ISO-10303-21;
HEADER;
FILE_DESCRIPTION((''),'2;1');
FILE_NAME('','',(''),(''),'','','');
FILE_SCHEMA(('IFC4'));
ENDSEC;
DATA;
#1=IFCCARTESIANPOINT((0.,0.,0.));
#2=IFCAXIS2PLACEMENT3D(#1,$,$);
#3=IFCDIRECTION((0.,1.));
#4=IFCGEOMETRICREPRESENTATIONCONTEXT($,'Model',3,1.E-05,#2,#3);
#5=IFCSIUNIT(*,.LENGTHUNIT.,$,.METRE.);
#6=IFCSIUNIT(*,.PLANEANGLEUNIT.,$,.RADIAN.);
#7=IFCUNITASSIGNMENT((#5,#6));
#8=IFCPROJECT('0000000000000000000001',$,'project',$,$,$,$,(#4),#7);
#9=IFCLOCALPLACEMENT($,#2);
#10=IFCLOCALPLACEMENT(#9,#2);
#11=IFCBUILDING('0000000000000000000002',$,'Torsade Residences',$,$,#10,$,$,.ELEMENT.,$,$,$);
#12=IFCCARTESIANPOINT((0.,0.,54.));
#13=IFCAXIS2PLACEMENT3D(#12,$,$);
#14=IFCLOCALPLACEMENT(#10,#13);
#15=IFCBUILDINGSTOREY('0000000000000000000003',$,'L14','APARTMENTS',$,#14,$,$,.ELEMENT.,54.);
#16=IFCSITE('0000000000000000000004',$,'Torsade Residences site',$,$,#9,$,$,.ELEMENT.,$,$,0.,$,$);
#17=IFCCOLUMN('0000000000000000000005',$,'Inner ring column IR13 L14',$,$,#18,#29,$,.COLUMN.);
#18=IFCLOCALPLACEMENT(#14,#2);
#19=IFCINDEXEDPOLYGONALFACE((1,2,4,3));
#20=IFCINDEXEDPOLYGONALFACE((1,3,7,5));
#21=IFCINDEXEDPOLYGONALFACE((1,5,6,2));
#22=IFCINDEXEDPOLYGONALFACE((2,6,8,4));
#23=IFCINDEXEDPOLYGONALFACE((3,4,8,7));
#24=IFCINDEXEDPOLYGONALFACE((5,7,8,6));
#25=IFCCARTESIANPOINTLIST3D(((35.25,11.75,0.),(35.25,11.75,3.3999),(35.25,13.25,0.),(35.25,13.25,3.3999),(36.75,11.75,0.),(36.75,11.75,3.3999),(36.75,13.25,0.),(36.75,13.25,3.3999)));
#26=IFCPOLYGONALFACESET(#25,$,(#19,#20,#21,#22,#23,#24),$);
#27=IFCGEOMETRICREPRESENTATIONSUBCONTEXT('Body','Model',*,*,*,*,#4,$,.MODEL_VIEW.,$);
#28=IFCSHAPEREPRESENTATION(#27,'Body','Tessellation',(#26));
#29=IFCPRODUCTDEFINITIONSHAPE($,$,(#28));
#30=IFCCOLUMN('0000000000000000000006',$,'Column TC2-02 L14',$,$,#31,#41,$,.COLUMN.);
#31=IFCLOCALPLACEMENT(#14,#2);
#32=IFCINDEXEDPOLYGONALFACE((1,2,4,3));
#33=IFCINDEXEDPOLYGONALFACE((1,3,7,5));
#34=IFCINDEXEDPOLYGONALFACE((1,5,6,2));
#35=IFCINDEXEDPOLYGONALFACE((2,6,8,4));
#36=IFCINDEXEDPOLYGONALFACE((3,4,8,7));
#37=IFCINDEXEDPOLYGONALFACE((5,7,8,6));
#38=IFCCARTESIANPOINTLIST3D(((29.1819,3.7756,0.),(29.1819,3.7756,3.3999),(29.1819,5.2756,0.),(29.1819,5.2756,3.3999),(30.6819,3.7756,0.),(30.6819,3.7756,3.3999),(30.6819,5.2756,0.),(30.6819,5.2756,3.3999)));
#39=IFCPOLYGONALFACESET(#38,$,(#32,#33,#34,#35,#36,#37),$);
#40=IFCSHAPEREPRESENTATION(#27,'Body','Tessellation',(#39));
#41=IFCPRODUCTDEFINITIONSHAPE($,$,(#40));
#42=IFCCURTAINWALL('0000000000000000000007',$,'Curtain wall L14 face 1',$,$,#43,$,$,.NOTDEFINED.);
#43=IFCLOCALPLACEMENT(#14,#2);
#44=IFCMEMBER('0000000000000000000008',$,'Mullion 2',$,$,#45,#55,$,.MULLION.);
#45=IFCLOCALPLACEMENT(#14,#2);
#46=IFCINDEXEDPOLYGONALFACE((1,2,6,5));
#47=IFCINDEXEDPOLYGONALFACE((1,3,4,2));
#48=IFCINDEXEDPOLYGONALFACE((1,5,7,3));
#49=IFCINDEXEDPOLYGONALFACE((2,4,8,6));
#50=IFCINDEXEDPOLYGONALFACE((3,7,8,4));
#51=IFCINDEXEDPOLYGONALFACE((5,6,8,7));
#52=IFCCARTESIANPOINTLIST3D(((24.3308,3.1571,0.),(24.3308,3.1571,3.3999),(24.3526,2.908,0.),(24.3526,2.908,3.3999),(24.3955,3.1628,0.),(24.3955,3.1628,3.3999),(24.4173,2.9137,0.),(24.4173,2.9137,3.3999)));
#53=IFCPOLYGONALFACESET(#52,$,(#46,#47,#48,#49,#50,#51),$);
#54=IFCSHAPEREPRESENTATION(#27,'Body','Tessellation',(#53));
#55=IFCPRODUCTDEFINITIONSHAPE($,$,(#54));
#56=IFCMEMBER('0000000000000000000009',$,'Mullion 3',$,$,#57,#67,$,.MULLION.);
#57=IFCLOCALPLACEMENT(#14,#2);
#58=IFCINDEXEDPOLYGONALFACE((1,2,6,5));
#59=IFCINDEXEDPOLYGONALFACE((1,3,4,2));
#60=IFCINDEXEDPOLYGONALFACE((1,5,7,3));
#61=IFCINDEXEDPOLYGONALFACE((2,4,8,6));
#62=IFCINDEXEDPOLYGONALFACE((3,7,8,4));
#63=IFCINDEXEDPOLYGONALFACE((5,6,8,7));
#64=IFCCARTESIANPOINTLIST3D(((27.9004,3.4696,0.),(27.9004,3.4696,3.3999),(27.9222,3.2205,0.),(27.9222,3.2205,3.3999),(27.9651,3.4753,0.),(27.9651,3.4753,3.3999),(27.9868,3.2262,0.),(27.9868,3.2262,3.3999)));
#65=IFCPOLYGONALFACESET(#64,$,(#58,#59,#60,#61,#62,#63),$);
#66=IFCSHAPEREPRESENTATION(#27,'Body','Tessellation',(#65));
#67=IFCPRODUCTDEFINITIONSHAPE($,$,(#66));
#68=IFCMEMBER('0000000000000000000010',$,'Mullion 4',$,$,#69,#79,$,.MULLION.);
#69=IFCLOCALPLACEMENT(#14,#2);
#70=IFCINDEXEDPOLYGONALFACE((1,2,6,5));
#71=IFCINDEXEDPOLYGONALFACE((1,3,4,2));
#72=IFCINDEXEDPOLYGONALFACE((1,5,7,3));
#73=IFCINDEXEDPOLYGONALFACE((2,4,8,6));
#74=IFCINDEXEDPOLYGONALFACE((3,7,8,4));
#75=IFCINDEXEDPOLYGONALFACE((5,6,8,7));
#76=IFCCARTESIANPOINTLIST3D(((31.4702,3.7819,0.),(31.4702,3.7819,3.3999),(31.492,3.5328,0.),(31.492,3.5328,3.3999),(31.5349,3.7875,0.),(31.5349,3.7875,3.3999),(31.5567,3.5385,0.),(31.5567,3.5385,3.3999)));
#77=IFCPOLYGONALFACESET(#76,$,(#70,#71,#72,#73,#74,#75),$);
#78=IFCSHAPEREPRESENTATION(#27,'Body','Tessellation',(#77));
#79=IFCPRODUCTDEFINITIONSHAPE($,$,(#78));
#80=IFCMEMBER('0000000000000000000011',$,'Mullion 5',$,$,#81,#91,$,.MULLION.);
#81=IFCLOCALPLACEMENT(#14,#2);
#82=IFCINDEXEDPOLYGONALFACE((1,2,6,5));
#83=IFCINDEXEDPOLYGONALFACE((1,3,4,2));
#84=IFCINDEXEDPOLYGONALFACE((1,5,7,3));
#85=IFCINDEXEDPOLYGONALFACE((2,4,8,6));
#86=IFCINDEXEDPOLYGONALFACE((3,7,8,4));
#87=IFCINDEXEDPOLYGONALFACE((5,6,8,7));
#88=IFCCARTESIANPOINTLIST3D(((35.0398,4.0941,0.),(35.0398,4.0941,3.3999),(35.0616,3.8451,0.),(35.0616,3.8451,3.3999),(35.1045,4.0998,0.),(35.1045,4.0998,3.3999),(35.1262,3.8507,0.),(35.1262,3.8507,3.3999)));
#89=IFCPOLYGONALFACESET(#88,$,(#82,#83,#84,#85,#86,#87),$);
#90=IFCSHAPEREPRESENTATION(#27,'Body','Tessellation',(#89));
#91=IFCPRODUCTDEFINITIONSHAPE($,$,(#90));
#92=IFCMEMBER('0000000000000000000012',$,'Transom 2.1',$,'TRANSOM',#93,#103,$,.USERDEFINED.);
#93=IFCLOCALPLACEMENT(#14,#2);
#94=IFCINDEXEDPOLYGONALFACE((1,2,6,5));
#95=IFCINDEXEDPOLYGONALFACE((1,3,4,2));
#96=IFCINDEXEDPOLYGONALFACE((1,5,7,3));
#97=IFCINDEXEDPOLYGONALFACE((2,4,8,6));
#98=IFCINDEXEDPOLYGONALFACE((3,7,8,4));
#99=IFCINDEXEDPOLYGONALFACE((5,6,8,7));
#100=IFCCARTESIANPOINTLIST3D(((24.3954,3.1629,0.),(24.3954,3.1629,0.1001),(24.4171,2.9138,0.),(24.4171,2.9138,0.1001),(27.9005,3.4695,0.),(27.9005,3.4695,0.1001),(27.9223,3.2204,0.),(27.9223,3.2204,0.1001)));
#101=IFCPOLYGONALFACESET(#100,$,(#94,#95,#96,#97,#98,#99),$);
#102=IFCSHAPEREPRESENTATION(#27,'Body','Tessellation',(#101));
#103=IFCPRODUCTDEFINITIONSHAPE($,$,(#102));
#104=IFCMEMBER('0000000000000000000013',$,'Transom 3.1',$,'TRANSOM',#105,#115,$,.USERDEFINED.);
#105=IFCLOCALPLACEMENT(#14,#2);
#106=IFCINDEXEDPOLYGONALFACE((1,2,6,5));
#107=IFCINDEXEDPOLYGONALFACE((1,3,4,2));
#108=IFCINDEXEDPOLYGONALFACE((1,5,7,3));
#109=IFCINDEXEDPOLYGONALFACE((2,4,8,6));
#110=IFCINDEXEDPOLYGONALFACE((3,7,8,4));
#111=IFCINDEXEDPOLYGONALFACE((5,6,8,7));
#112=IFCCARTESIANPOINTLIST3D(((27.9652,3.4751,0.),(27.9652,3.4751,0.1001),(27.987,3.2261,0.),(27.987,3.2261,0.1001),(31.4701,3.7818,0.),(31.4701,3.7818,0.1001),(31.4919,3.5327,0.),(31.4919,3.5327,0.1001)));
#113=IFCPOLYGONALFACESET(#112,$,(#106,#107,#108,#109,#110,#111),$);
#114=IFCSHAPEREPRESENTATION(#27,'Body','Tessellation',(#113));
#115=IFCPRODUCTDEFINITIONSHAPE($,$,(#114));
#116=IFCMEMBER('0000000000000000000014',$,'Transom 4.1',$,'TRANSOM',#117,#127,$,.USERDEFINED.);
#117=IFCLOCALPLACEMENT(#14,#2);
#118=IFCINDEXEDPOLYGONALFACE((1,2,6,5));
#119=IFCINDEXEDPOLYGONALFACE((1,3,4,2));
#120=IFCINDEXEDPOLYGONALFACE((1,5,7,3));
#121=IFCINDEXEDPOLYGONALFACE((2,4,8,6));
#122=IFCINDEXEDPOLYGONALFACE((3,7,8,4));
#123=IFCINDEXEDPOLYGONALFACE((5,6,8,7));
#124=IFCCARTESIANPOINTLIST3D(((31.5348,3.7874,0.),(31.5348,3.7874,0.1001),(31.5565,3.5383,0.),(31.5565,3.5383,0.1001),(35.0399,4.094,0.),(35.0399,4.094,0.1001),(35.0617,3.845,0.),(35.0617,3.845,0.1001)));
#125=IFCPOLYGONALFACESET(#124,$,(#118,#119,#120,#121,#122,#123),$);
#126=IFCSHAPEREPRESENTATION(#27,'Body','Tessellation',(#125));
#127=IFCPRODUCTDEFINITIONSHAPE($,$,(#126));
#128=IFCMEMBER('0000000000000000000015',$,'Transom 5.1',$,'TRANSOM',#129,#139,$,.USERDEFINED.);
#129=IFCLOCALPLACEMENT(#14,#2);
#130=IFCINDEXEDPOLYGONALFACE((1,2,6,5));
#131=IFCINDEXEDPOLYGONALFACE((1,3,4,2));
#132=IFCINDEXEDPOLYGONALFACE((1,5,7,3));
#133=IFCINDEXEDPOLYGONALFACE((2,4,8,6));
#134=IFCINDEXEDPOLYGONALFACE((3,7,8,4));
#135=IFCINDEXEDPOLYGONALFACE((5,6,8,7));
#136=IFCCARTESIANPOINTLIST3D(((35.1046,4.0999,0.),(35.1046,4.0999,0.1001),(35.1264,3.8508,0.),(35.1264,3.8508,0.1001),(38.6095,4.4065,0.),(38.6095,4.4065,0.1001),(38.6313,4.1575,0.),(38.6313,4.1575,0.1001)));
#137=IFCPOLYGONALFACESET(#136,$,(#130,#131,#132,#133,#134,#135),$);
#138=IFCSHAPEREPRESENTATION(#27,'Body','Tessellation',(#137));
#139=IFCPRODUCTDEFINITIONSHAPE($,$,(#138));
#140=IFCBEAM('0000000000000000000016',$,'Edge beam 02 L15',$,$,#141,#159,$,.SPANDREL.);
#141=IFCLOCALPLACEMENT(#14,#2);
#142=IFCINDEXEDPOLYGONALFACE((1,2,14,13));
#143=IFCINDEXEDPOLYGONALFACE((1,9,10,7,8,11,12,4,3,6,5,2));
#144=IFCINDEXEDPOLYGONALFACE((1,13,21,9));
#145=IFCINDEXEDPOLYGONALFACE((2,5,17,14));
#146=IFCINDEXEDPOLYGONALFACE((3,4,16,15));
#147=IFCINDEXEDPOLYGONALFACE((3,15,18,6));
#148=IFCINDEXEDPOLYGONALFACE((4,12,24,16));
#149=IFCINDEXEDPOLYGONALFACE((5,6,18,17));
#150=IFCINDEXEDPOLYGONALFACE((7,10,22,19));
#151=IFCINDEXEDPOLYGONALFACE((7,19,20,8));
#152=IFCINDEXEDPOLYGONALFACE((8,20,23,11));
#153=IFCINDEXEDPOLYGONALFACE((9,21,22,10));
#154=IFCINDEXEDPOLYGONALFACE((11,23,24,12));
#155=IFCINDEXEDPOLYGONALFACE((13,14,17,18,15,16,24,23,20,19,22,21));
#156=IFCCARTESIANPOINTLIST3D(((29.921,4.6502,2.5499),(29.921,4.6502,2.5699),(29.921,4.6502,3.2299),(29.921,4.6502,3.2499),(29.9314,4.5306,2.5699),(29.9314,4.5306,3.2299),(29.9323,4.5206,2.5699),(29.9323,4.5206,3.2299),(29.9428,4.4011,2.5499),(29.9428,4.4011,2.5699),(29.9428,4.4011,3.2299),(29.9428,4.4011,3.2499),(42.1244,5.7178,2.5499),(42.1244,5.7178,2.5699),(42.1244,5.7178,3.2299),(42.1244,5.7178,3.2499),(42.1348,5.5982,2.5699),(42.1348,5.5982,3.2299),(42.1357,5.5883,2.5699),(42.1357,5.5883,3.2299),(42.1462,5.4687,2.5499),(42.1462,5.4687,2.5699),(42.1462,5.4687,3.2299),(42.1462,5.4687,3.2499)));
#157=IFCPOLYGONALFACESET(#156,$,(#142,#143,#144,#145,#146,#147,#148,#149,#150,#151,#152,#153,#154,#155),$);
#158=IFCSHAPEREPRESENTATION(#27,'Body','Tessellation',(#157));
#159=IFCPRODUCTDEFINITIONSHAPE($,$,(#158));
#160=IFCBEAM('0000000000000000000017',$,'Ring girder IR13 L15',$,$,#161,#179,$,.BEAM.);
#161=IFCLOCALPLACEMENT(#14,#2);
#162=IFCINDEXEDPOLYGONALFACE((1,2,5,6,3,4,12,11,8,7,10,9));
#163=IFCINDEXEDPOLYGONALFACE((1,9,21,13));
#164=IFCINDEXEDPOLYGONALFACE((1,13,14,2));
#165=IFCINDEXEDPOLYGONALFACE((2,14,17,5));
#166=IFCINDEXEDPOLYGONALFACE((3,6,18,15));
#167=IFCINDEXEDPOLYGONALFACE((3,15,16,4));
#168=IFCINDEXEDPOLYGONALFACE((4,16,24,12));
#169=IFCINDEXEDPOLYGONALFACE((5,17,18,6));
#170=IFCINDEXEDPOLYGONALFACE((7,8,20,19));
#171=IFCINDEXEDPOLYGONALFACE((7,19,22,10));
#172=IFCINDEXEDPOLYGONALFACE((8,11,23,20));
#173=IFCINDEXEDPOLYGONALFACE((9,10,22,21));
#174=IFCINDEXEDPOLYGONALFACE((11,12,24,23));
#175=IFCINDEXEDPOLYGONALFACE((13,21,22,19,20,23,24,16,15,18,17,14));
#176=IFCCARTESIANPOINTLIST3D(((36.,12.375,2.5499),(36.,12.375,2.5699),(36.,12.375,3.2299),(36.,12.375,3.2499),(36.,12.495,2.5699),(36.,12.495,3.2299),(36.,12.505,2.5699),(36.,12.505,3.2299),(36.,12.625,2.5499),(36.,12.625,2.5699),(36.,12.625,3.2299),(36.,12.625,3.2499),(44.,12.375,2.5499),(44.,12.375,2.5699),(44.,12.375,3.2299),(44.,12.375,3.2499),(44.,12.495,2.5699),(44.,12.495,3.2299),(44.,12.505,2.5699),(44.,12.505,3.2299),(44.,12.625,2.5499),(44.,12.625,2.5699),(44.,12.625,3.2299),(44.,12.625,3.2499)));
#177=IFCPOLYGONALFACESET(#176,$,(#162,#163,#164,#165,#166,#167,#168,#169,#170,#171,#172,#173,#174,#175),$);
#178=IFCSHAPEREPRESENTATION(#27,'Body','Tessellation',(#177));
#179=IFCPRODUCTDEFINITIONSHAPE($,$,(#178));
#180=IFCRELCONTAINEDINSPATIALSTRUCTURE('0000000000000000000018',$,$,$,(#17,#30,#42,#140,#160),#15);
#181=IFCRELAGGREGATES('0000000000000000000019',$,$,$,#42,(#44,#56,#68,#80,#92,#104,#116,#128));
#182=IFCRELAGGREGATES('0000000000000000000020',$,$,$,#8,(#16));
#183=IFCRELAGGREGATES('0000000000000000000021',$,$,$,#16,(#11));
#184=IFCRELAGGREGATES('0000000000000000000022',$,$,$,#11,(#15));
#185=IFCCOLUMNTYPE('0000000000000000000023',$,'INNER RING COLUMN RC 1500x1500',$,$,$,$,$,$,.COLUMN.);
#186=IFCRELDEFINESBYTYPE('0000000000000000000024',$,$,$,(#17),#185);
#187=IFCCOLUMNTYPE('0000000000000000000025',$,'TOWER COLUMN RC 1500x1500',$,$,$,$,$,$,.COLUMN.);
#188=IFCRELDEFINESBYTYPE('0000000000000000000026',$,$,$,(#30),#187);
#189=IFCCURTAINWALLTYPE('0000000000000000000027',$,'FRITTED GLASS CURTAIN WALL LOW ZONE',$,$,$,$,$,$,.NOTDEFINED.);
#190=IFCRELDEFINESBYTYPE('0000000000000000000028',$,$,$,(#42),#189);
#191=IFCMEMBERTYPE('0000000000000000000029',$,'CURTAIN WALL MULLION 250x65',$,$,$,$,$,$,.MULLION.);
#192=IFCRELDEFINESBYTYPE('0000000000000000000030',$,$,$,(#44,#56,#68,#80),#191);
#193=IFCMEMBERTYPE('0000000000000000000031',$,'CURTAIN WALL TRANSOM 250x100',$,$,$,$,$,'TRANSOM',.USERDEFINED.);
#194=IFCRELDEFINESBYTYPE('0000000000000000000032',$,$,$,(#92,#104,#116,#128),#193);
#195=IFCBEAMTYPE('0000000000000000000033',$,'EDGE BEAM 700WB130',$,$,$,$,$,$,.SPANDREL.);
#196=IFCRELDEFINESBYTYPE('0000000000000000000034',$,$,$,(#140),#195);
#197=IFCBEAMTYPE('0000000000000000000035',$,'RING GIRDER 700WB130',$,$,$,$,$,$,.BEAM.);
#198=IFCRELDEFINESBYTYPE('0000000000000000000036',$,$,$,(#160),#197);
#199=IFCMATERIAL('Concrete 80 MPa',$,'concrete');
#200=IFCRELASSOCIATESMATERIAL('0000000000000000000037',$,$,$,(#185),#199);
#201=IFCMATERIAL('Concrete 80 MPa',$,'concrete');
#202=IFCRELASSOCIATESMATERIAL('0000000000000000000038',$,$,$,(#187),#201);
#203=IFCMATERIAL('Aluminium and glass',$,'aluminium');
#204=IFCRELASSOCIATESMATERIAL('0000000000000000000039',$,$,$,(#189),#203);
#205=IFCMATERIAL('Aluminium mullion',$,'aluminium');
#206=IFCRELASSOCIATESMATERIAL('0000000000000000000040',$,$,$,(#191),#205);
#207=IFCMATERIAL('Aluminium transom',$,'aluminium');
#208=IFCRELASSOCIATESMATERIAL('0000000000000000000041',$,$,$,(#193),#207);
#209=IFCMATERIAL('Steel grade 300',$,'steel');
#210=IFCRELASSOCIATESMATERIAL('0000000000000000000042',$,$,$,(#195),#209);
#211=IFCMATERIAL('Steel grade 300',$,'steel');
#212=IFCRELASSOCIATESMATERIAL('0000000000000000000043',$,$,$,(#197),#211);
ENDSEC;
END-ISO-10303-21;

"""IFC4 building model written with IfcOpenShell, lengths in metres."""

from ifc_helpers import new_model, si_unit, direction, frame, origin, origin_2d, place, context, subcontext, project, spatial, rectangle, i_section, extrude, material, material_profile, profile_set, type_object, element, aggregate, save


model = new_model("IFC4")

# Units and contexts
model_context = context("Model", 3, precision=1e-05, world=origin(), true_north=direction((0.0, 1.0)))
body_context = subcontext(model_context, "Body", "Model", "MODEL_VIEW")
ifc_project = project(units=[si_unit("LENGTHUNIT", "METRE"), si_unit("PLANEANGLEUNIT", "RADIAN")], contexts=[model_context])

# Site, building, storey
site_placement = place(None, origin())
site = spatial("IfcSite", under=ifc_project, at=site_placement, Name="Torsade Residences site", CompositionType="ELEMENT", RefElevation=0.0)
building_placement = place(site_placement, origin())
building = spatial("IfcBuilding", under=site, at=building_placement, Name="Torsade Residences", CompositionType="ELEMENT")
storey_placement = place(building_placement, frame((0.0, 0.0, 54.0)))
storey = spatial("IfcBuildingStorey", under=building, at=storey_placement, Name="L14", Description="APARTMENTS", CompositionType="ELEMENT", Elevation=54.0)

# Columns
ifc_material_1 = material(Name="Concrete 80 MPa", Category="concrete")
ifc_material_profile_1 = material_profile(ifc_material_1, rectangle(XDim=1.5, YDim=1.5, at=origin_2d()), Name="RC 1500x1500")
ifc_profile_set_1 = profile_set([ifc_material_profile_1], Name="Concrete 80 MPa")
column_type_1 = type_object("IfcColumnType", Name="INNER RING COLUMN RC 1500x1500", PredefinedType="COLUMN", material=ifc_profile_set_1)
column_1_placement = place(storey_placement, frame((36.0, 12.5, 0.0), z_axis=(0.0, 0.0, 1.0), x_axis=(1.0, 0.0, 0.0)))
element("IfcColumn", 1, at=column_1_placement, inside=storey, type_object=column_type_1, Name="Inner ring column IR13 L14", PredefinedType="COLUMN", context=body_context, shape_type="SweptSolid", body=[
    extrude(rectangle(XDim=1.5, YDim=1.5, at=origin_2d()), origin(), (0.0, 0.0, 1.0), 3.3999),
])
ifc_material_2 = material(Name="Concrete 80 MPa", Category="concrete")
ifc_material_profile_2 = material_profile(ifc_material_2, rectangle(XDim=1.5, YDim=1.5, at=origin_2d()), Name="RC 1500x1500")
ifc_profile_set_2 = profile_set([ifc_material_profile_2], Name="Concrete 80 MPa")
column_type_2 = type_object("IfcColumnType", Name="TOWER COLUMN RC 1500x1500", PredefinedType="COLUMN", material=ifc_profile_set_2)
column_2_placement = place(storey_placement, frame((29.9319, 4.5256, 0.0), z_axis=(0.0, 0.0, 1.0), x_axis=(1.0, 0.0, 0.0)))
element("IfcColumn", 2, at=column_2_placement, inside=storey, type_object=column_type_2, Name="Column TC2-02 L14", PredefinedType="COLUMN", context=body_context, shape_type="SweptSolid", body=[
    extrude(rectangle(XDim=1.5, YDim=1.5, at=origin_2d()), origin(), (0.0, 0.0, 1.0), 3.3999),
])

# Curtain wall, members
ifc_material_3 = material(Name="Aluminium and glass", Category="aluminium")
curtain_wall_type = type_object("IfcCurtainWallType", Name="FRITTED GLASS CURTAIN WALL LOW ZONE", PredefinedType="NOTDEFINED", material=ifc_material_3)
curtain_wall_placement = place(storey_placement, origin())
curtain_wall = element("IfcCurtainWall", 3, at=curtain_wall_placement, inside=storey, type_object=curtain_wall_type, Name="Curtain wall L14 face 1", PredefinedType="NOTDEFINED")
ifc_material_4 = material(Name="Aluminium mullion", Category="aluminium")
ifc_material_profile_3 = material_profile(ifc_material_4, rectangle(XDim=0.25, YDim=0.0649, at=origin_2d()), Name="CURTAIN WALL MULLION 250x65")
ifc_profile_set_3 = profile_set([ifc_material_profile_3], Name="Aluminium mullion")
member_type_1 = type_object("IfcMemberType", Name="CURTAIN WALL MULLION 250x65", PredefinedType="MULLION", material=ifc_profile_set_3)
member_1_placement = place(storey_placement, frame((24.374, 3.0354, 0.0), z_axis=(0.0, 0.0, 1.0), x_axis=(-0.087156, 0.996195, 0.0)))
member_1 = element("IfcMember", 4, at=member_1_placement, type_object=member_type_1, Name="Mullion 2", PredefinedType="MULLION", context=body_context, shape_type="SweptSolid", body=[
    extrude(rectangle(XDim=0.25, YDim=0.0649, at=origin_2d()), origin(), (0.0, 0.0, 1.0), 3.3999),
])
member_2_placement = place(storey_placement, frame((27.9436, 3.3479, 0.0), z_axis=(0.0, 0.0, 1.0), x_axis=(-0.087156, 0.996195, 0.0)))
member_2 = element("IfcMember", 5, at=member_2_placement, type_object=member_type_1, Name="Mullion 3", PredefinedType="MULLION", context=body_context, shape_type="SweptSolid", body=[
    extrude(rectangle(XDim=0.25, YDim=0.0649, at=origin_2d()), origin(), (0.0, 0.0, 1.0), 3.3999),
])
member_3_placement = place(storey_placement, frame((31.5134, 3.6602, 0.0), z_axis=(0.0, 0.0, 1.0), x_axis=(-0.087156, 0.996195, 0.0)))
member_3 = element("IfcMember", 6, at=member_3_placement, type_object=member_type_1, Name="Mullion 4", PredefinedType="MULLION", context=body_context, shape_type="SweptSolid", body=[
    extrude(rectangle(XDim=0.25, YDim=0.0649, at=origin_2d()), origin(), (0.0, 0.0, 1.0), 3.3999),
])
member_4_placement = place(storey_placement, frame((35.083, 3.9724, 0.0), z_axis=(0.0, 0.0, 1.0), x_axis=(-0.087156, 0.996195, 0.0)))
member_4 = element("IfcMember", 7, at=member_4_placement, type_object=member_type_1, Name="Mullion 5", PredefinedType="MULLION", context=body_context, shape_type="SweptSolid", body=[
    extrude(rectangle(XDim=0.25, YDim=0.0649, at=origin_2d()), origin(), (0.0, 0.0, 1.0), 3.3999),
])
ifc_material_5 = material(Name="Aluminium transom", Category="aluminium")
ifc_material_profile_4 = material_profile(ifc_material_5, rectangle(XDim=0.25, YDim=0.1001, at=origin_2d()), Name="CURTAIN WALL TRANSOM 250x100")
ifc_profile_set_4 = profile_set([ifc_material_profile_4], Name="Aluminium transom")
member_type_2 = type_object("IfcMemberType", Name="CURTAIN WALL TRANSOM 250x100", ElementType="TRANSOM", PredefinedType="USERDEFINED", material=ifc_profile_set_4)
member_5_placement = place(storey_placement, frame((24.4062, 3.0383, 0.05), z_axis=(0.996195, 0.087151, 0.0), x_axis=(-0.087151, 0.996195, 0.0)))
member_5 = element("IfcMember", 8, at=member_5_placement, type_object=member_type_2, Name="Transom 2.1", ObjectType="TRANSOM", PredefinedType="USERDEFINED", context=body_context, shape_type="SweptSolid", body=[
    extrude(rectangle(XDim=0.25, YDim=0.1001, at=origin_2d()), origin(), (0.0, 0.0, 1.0), 3.5186),
])
member_6_placement = place(storey_placement, frame((27.9761, 3.3506, 0.05), z_axis=(0.996195, 0.087157, 0.0), x_axis=(-0.087157, 0.996195, 0.0)))
member_6 = element("IfcMember", 9, at=member_6_placement, type_object=member_type_2, Name="Transom 3.1", ObjectType="TRANSOM", PredefinedType="USERDEFINED", context=body_context, shape_type="SweptSolid", body=[
    extrude(rectangle(XDim=0.25, YDim=0.1001, at=origin_2d()), origin(), (0.0, 0.0, 1.0), 3.5183),
])
member_7_placement = place(storey_placement, frame((31.5457, 3.6628, 0.05), z_axis=(0.996195, 0.087151, 0.0), x_axis=(-0.087151, 0.996195, 0.0)))
member_7 = element("IfcMember", 10, at=member_7_placement, type_object=member_type_2, Name="Transom 4.1", ObjectType="TRANSOM", PredefinedType="USERDEFINED", context=body_context, shape_type="SweptSolid", body=[
    extrude(rectangle(XDim=0.25, YDim=0.1001, at=origin_2d()), origin(), (0.0, 0.0, 1.0), 3.5186),
])
member_8_placement = place(storey_placement, frame((35.1155, 3.9753, 0.05), z_axis=(0.996195, 0.087157, 0.0), x_axis=(-0.087157, 0.996195, 0.0)))
member_8 = element("IfcMember", 11, at=member_8_placement, type_object=member_type_2, Name="Transom 5.1", ObjectType="TRANSOM", PredefinedType="USERDEFINED", context=body_context, shape_type="SweptSolid", body=[
    extrude(rectangle(XDim=0.25, YDim=0.1001, at=origin_2d()), origin(), (0.0, 0.0, 1.0), 3.5183),
])

# Beams
ifc_material_6 = material(Name="Steel grade 300", Category="steel")
ifc_material_profile_5 = material_profile(ifc_material_6, i_section(OverallWidth=0.25, OverallDepth=0.7, WebThickness=0.01, FlangeThickness=0.02, at=origin_2d()), Name="700WB130")
ifc_profile_set_5 = profile_set([ifc_material_profile_5], Name="Steel grade 300")
beam_type_1 = type_object("IfcBeamType", Name="EDGE BEAM 700WB130", PredefinedType="SPANDREL", material=ifc_profile_set_5)
beam_1_placement = place(storey_placement, frame((29.9319, 4.5256, 2.8999), z_axis=(0.996195, 0.087153, 0.0), x_axis=(-0.087153, 0.996195, 0.0)))
element("IfcBeam", 12, at=beam_1_placement, inside=storey, type_object=beam_type_1, Name="Edge beam 02 L15", PredefinedType="SPANDREL", context=body_context, shape_type="SweptSolid", body=[
    extrude(i_section(OverallWidth=0.25, OverallDepth=0.7, WebThickness=0.01, FlangeThickness=0.02, at=origin_2d()), origin(), (0.0, 0.0, 1.0), 12.25),
])
ifc_material_7 = material(Name="Steel grade 300", Category="steel")
ifc_material_profile_6 = material_profile(ifc_material_7, i_section(OverallWidth=0.25, OverallDepth=0.7, WebThickness=0.01, FlangeThickness=0.02, at=origin_2d()), Name="700WB130")
ifc_profile_set_6 = profile_set([ifc_material_profile_6], Name="Steel grade 300")
beam_type_2 = type_object("IfcBeamType", Name="RING GIRDER 700WB130", PredefinedType="BEAM", material=ifc_profile_set_6)
beam_2_placement = place(storey_placement, frame((36.0, 12.5, 2.8999), z_axis=(1.0, 0.0, 0.0), x_axis=(0.0, 1.0, 0.0)))
element("IfcBeam", 13, at=beam_2_placement, inside=storey, type_object=beam_type_2, Name="Ring girder IR13 L15", PredefinedType="BEAM", context=body_context, shape_type="SweptSolid", body=[
    extrude(i_section(OverallWidth=0.25, OverallDepth=0.7, WebThickness=0.01, FlangeThickness=0.02, at=origin_2d()), origin(), (0.0, 0.0, 1.0), 8.0),
])

aggregate(curtain_wall, [member_1, member_2, member_3, member_4, member_5, member_6, member_7, member_8])

save(model, "model.ifc")
